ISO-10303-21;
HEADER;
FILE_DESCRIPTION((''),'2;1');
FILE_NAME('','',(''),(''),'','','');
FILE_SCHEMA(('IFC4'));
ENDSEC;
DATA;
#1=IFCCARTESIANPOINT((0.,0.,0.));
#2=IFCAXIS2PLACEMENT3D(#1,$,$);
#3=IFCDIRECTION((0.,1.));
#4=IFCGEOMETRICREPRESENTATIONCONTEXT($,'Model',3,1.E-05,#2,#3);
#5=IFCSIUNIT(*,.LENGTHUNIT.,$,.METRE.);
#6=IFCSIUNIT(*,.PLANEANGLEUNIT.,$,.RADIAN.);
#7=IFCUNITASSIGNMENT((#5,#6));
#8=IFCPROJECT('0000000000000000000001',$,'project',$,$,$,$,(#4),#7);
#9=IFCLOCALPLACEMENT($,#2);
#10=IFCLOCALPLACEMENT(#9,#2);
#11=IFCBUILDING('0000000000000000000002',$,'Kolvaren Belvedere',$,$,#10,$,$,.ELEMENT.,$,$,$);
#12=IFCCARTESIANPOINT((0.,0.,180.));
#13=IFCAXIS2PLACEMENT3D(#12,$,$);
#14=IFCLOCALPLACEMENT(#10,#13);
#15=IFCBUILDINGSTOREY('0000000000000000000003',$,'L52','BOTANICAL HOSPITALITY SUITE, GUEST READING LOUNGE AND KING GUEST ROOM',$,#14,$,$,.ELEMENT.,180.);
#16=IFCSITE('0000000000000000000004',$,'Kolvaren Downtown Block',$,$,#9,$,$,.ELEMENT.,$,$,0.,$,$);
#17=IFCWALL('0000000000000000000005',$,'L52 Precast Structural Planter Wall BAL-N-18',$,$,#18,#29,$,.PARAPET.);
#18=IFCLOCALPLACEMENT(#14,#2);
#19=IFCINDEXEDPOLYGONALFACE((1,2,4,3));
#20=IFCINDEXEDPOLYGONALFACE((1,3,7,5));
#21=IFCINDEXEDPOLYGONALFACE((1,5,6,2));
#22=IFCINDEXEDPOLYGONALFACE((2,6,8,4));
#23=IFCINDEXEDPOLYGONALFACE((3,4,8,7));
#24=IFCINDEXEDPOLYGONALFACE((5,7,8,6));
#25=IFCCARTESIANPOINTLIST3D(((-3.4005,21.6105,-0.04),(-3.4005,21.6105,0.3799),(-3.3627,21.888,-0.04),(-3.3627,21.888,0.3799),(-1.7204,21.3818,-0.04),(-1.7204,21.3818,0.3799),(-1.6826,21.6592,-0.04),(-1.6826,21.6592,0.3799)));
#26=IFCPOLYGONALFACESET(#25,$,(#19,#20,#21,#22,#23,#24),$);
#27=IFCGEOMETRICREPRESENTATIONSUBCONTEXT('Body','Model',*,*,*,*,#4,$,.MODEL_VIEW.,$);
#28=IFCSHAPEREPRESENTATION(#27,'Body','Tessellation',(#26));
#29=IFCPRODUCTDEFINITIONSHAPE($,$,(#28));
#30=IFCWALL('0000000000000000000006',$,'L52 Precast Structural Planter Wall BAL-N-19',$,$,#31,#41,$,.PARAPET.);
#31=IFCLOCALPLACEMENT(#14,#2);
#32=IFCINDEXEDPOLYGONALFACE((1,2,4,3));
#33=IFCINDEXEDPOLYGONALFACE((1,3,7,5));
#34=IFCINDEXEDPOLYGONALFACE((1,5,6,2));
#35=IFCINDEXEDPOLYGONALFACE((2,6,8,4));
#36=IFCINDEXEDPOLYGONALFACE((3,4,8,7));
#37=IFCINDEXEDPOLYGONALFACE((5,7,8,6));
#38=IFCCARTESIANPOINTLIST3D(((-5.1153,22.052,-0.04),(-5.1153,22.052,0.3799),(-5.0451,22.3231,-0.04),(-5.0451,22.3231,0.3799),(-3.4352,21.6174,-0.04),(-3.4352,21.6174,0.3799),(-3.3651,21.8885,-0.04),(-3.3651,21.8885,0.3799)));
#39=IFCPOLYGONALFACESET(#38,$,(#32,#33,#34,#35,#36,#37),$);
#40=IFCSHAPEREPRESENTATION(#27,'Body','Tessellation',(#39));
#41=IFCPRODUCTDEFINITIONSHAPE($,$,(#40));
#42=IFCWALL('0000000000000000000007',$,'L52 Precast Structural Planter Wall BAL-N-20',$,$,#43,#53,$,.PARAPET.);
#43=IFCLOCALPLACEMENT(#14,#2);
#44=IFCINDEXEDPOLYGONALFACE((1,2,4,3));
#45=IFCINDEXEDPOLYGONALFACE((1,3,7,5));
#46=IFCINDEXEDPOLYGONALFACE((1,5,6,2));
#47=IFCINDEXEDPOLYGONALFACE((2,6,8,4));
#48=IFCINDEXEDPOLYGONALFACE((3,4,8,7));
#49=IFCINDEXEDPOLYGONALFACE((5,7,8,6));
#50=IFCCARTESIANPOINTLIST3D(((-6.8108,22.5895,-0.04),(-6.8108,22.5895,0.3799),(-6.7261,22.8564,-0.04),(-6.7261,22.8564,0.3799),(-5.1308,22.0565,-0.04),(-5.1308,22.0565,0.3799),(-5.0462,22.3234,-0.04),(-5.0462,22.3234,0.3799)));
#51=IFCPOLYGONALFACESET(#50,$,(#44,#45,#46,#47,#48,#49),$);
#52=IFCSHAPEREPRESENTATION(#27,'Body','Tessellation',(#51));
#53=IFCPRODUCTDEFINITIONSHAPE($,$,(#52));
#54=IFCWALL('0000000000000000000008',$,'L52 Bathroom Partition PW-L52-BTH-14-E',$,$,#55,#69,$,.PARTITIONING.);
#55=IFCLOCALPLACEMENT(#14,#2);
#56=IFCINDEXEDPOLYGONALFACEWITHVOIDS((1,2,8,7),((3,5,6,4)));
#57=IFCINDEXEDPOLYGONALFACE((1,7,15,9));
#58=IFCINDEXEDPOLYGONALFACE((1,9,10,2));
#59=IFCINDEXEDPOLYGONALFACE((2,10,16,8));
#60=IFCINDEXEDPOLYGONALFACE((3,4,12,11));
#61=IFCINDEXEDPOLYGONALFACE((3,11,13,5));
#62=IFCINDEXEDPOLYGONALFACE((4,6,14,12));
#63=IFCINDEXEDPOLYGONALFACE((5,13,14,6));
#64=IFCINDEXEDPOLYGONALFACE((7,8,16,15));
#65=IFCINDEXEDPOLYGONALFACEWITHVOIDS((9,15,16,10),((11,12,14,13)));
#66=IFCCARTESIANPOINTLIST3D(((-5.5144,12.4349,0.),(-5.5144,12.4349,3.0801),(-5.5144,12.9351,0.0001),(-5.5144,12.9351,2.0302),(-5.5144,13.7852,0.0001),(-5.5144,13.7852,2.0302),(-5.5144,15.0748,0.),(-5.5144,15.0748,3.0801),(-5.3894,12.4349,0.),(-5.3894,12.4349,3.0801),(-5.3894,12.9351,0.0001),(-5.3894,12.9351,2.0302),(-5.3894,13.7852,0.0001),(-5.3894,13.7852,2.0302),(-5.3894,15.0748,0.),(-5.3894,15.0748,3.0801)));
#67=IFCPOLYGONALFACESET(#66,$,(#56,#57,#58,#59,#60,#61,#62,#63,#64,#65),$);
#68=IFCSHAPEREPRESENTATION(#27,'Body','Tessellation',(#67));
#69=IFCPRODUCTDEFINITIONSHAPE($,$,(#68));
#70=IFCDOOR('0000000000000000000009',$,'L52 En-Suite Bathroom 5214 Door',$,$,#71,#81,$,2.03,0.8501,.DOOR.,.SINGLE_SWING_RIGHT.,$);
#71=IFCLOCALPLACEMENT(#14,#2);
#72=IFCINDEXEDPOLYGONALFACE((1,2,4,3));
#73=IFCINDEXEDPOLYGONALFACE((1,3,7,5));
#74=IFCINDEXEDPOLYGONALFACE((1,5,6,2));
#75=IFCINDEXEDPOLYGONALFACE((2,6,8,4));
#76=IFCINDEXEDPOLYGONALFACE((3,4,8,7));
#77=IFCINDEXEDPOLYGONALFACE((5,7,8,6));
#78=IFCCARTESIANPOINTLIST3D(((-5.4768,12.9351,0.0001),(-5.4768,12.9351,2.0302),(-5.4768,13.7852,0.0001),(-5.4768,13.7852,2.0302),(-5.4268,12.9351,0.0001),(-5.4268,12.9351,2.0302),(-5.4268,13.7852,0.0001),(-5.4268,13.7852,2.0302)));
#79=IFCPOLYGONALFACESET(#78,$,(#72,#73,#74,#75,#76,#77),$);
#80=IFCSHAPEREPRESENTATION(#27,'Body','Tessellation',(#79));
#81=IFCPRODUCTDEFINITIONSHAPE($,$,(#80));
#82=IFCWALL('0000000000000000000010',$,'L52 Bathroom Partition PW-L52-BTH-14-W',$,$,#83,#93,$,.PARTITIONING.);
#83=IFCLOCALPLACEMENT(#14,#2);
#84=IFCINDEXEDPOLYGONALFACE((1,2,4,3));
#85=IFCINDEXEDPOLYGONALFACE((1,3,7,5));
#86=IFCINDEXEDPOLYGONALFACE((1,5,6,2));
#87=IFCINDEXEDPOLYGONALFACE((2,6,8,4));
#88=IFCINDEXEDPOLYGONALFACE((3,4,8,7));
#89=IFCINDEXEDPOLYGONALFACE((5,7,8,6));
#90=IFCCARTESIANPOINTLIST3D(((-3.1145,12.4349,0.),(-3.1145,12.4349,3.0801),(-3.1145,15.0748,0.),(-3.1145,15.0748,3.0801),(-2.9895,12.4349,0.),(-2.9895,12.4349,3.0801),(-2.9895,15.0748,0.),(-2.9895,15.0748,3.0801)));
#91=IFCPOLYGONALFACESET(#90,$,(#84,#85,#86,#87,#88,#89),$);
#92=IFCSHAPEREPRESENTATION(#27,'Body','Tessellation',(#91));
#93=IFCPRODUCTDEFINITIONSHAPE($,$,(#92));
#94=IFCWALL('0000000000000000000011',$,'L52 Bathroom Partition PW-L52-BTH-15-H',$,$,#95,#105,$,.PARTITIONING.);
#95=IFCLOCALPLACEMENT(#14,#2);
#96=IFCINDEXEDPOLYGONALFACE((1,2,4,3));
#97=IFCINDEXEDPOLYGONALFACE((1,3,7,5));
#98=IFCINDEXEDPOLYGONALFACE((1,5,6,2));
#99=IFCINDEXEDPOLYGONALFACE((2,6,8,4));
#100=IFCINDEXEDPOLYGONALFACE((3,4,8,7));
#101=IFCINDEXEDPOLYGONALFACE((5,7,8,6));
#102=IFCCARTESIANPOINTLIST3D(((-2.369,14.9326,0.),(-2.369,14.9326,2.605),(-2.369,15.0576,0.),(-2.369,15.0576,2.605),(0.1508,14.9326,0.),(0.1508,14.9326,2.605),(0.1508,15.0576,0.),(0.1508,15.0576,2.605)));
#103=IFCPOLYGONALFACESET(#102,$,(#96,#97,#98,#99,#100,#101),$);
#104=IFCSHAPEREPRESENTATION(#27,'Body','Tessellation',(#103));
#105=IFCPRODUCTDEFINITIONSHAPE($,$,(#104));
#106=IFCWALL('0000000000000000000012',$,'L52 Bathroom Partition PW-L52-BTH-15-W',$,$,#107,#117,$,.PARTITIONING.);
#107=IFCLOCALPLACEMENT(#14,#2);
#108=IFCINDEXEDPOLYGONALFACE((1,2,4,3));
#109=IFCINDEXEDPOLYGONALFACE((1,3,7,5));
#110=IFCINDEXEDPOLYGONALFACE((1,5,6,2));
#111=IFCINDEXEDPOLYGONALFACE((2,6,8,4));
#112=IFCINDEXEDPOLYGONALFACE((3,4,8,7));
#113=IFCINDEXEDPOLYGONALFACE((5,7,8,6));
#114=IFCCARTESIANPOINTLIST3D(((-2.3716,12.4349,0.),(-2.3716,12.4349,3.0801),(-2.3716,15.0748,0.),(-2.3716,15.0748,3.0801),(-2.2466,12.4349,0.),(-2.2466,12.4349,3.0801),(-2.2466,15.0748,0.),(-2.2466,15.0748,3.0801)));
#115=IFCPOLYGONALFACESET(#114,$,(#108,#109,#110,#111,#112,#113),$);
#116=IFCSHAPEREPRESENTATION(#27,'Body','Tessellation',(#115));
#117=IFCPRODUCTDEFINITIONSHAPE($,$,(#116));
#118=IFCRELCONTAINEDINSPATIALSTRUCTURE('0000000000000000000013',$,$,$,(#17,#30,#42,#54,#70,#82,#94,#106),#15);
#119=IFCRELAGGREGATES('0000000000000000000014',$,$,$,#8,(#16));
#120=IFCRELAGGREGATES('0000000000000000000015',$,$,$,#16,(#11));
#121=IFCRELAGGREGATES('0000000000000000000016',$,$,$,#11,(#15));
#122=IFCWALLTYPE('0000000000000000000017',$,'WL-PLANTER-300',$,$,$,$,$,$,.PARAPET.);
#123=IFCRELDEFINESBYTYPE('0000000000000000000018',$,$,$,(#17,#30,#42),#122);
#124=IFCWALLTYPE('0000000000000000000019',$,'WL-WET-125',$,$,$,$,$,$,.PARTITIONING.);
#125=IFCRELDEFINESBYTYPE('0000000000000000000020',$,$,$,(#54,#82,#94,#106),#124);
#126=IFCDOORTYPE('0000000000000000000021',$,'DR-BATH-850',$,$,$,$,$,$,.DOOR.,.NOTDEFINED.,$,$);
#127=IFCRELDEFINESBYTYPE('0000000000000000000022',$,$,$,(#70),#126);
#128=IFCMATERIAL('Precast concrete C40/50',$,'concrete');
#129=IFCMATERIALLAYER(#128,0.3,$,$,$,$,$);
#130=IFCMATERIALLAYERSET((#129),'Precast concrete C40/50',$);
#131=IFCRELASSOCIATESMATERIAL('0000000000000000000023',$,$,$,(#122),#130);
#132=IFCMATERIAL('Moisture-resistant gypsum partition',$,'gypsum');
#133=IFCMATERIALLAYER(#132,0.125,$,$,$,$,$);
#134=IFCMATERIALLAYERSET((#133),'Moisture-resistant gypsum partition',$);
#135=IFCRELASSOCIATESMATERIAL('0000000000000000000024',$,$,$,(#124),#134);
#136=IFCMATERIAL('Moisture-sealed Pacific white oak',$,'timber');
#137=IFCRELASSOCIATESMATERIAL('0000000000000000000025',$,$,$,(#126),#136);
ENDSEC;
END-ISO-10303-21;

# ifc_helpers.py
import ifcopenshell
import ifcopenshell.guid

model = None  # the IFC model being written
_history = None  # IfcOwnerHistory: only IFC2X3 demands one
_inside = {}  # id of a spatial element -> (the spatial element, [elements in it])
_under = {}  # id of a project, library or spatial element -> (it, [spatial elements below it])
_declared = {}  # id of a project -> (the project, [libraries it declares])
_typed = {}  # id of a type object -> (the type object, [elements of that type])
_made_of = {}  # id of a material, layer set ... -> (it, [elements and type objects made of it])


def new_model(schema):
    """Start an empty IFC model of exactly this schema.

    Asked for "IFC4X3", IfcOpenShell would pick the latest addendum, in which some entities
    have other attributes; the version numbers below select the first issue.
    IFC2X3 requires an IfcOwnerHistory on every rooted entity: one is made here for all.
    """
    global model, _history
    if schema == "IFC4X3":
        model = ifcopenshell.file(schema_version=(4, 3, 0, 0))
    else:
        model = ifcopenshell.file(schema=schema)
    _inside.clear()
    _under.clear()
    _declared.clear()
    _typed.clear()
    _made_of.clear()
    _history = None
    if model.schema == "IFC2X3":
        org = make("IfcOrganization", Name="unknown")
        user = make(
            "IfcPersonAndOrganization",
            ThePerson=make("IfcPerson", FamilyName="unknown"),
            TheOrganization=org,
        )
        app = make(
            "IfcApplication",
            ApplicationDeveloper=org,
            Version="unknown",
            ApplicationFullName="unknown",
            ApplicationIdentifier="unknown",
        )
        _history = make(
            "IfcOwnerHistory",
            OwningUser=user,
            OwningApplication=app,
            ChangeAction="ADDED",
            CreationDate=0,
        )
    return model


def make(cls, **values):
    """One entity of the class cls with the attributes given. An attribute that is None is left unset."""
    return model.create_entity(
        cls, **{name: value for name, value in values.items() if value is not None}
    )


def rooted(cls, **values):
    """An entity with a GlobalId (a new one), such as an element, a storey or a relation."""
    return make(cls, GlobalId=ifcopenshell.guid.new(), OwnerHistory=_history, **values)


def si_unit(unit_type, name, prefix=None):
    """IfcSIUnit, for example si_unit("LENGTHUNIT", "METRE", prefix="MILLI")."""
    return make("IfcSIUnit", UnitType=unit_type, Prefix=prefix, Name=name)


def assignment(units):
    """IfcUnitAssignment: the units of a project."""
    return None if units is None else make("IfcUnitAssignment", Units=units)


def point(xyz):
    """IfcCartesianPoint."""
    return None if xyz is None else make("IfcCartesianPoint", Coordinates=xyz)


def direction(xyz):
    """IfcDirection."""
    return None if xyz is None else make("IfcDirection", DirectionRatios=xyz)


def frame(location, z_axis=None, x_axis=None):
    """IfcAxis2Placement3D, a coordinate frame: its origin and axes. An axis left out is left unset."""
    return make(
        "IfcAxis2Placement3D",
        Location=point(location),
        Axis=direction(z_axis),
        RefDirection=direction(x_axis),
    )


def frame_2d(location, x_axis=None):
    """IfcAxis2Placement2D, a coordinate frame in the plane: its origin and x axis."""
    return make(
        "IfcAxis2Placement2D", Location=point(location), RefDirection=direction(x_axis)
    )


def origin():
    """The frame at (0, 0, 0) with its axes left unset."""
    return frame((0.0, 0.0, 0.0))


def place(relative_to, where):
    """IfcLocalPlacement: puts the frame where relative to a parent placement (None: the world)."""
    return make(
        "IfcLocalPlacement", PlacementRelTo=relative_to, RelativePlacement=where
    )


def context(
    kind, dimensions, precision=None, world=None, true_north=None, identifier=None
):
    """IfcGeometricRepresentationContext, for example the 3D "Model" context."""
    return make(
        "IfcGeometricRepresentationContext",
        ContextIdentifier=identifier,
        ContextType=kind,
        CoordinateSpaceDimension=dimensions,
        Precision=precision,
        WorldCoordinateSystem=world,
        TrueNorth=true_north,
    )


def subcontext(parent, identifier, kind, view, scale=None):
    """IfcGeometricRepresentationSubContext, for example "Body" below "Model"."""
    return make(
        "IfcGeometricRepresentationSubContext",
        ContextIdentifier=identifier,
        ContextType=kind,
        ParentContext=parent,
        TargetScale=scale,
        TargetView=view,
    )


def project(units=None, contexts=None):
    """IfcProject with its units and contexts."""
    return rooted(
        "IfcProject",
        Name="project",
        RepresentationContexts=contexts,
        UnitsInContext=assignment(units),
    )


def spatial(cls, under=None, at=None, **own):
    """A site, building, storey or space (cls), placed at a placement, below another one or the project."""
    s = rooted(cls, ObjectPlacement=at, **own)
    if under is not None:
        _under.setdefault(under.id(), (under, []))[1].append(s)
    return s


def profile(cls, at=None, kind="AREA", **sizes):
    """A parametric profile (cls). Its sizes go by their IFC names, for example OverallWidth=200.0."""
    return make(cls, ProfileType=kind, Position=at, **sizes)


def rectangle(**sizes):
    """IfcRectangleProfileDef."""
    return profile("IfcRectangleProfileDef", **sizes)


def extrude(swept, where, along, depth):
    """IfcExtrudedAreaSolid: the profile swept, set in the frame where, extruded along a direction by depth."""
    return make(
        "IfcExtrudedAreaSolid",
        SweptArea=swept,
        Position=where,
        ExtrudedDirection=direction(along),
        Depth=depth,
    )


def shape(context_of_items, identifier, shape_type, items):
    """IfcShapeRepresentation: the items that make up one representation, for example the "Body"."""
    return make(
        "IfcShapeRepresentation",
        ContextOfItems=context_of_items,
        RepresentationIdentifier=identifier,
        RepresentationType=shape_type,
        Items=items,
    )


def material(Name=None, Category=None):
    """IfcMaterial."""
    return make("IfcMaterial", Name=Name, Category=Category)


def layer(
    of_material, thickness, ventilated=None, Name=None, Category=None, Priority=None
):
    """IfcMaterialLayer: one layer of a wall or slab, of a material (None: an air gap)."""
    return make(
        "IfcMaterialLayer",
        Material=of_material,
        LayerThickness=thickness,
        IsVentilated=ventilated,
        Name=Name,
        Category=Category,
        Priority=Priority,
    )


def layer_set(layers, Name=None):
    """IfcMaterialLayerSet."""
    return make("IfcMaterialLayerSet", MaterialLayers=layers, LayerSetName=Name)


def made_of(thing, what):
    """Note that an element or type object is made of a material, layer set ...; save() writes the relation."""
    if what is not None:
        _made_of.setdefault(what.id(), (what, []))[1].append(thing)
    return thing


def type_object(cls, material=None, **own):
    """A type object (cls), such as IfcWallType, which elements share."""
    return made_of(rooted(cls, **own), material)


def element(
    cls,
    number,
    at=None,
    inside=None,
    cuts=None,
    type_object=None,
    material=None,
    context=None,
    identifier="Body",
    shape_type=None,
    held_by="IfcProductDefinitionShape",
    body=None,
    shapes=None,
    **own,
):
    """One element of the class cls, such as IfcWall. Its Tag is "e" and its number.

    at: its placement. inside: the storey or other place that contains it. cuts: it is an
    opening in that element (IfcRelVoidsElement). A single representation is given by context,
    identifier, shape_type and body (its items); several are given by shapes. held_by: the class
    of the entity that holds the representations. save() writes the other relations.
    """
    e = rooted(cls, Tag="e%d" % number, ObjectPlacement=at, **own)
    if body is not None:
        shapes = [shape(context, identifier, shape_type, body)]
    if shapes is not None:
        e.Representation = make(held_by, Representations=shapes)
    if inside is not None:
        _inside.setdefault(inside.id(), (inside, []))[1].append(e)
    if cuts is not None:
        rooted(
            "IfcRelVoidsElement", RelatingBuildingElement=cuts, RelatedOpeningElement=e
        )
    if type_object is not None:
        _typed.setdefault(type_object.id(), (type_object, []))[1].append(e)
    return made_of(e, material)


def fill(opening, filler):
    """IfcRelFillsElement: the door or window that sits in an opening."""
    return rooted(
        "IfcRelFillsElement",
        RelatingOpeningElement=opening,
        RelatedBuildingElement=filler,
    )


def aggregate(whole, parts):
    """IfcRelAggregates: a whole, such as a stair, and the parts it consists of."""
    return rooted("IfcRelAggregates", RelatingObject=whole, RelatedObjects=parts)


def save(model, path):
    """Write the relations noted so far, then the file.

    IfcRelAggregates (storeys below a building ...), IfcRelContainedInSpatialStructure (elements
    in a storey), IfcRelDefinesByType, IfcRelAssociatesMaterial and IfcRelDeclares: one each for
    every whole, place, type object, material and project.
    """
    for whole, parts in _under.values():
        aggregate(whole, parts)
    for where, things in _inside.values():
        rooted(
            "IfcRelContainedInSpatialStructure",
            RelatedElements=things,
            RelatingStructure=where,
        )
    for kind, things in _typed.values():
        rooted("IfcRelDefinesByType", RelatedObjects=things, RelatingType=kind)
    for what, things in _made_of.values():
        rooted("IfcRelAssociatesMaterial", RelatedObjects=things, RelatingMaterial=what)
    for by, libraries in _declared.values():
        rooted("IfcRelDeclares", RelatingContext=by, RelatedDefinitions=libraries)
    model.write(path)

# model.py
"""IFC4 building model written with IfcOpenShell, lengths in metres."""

from ifc_helpers import new_model, si_unit, direction, frame, frame_2d, origin, place, context, subcontext, project, spatial, rectangle, extrude, material, layer, layer_set, type_object, element, fill, save


model = new_model("IFC4")

# Units and contexts
model_context = context("Model", 3, precision=1e-05, world=origin(), true_north=direction((0.0, 1.0)))
body_context = subcontext(model_context, "Body", "Model", "MODEL_VIEW")
ifc_project = project(units=[si_unit("LENGTHUNIT", "METRE"), si_unit("PLANEANGLEUNIT", "RADIAN")], contexts=[model_context])

# Site, building, storey
site_placement = place(None, origin())
site = spatial("IfcSite", under=ifc_project, at=site_placement, Name="Kolvaren Downtown Block", CompositionType="ELEMENT", RefElevation=0.0)
building_placement = place(site_placement, origin())
building = spatial("IfcBuilding", under=site, at=building_placement, Name="Kolvaren Belvedere", CompositionType="ELEMENT")
storey_placement = place(building_placement, frame((0.0, 0.0, 180.0)))
storey = spatial("IfcBuildingStorey", under=building, at=storey_placement, Name="L52", Description="BOTANICAL HOSPITALITY SUITE, GUEST READING LOUNGE AND KING GUEST ROOM", CompositionType="ELEMENT", Elevation=180.0)

# Walls
ifc_material_1 = material(Name="Precast concrete C40/50", Category="concrete")
ifc_layer_1 = layer(ifc_material_1, 0.3)
ifc_layer_set_1 = layer_set([ifc_layer_1], Name="Precast concrete C40/50")
wall_type_1 = type_object("IfcWallType", Name="WL-PLANTER-300", PredefinedType="PARAPET", material=ifc_layer_set_1)
wall_1_placement = place(storey_placement, frame((-1.7017, 21.5205, -0.04), z_axis=(0.0, 0.0, 1.0), x_axis=(-0.990856, 0.134927, 0.0)))
element("IfcWall", 1, at=wall_1_placement, inside=storey, type_object=wall_type_1, Name="L52 Precast Structural Planter Wall BAL-N-18", PredefinedType="PARAPET", context=body_context, shape_type="SweptSolid", body=[
    extrude(rectangle(XDim=1.6956, YDim=0.28, at=frame_2d((0.8477, 0.0))), origin(), (0.0, 0.0, 1.0), 0.4199),
])
wall_2_placement = place(storey_placement, frame((-3.4001, 21.7529, -0.04), z_axis=(0.0, 0.0, 1.0), x_axis=(-0.968132, 0.25044, 0.0)))
element("IfcWall", 2, at=wall_2_placement, inside=storey, type_object=wall_type_1, Name="L52 Precast Structural Planter Wall BAL-N-19", PredefinedType="PARAPET", context=body_context, shape_type="SweptSolid", body=[
    extrude(rectangle(XDim=1.7354, YDim=0.28, at=frame_2d((0.8677, 0.0))), origin(), (0.0, 0.0, 1.0), 0.4199),
])
wall_3_placement = place(storey_placement, frame((-5.0884, 22.1899, -0.04), z_axis=(0.0, 0.0, 1.0), x_axis=(-0.953182, 0.302397, 0.0)))
element("IfcWall", 3, at=wall_3_placement, inside=storey, type_object=wall_type_1, Name="L52 Precast Structural Planter Wall BAL-N-20", PredefinedType="PARAPET", context=body_context, shape_type="SweptSolid", body=[
    extrude(rectangle(XDim=1.7625, YDim=0.28, at=frame_2d((0.8813, 0.0))), origin(), (0.0, 0.0, 1.0), 0.4199),
])

# Wall, opening, door
ifc_material_2 = material(Name="Moisture-resistant gypsum partition", Category="gypsum")
ifc_layer_2 = layer(ifc_material_2, 0.125)
ifc_layer_set_2 = layer_set([ifc_layer_2], Name="Moisture-resistant gypsum partition")
wall_type_2 = type_object("IfcWallType", Name="WL-WET-125", PredefinedType="PARTITIONING", material=ifc_layer_set_2)
wall_4_placement = place(storey_placement, frame((-5.4519, 12.4351, 0.0), z_axis=(0.0, 0.0, 1.0), x_axis=(0.0, 1.0, 0.0)))
wall_4 = element("IfcWall", 4, at=wall_4_placement, inside=storey, type_object=wall_type_2, Name="L52 Bathroom Partition PW-L52-BTH-14-E", PredefinedType="PARTITIONING", context=body_context, shape_type="SweptSolid", body=[
    extrude(rectangle(XDim=2.6399, YDim=0.125, at=frame_2d((1.3198, 0.0))), origin(), (0.0, 0.0, 1.0), 3.0801),
])
opening_1_placement = place(wall_4_placement, frame((0.5, 0.0, 0.0)))
opening_1 = element("IfcOpeningElement", 5, at=opening_1_placement, cuts=wall_4, PredefinedType="OPENING", context=body_context, shape_type="SweptSolid", body=[
    extrude(rectangle(XDim=0.8501, YDim=2.03, at=frame_2d((0.425, 1.0151))), frame((0.0, 0.0725, 0.0), z_axis=(0.0, -1.0, 0.0), x_axis=(1.0, 0.0, 0.0)), (0.0, 0.0, 1.0), 0.145),
])
ifc_material_3 = material(Name="Moisture-sealed Pacific white oak", Category="timber")
door_type_1 = type_object("IfcDoorType", Name="DR-BATH-850", OperationType="NOTDEFINED", PredefinedType="DOOR", material=ifc_material_3)
door_1_placement = place(opening_1_placement, origin())
door_1 = element("IfcDoor", 6, at=door_1_placement, inside=storey, type_object=door_type_1, Name="L52 En-Suite Bathroom 5214 Door", OperationType="SINGLE_SWING_RIGHT", OverallHeight=2.03, OverallWidth=0.8501, PredefinedType="DOOR", context=body_context, shape_type="SweptSolid", body=[
    extrude(rectangle(XDim=0.8501, YDim=2.03, at=frame_2d((0.425, 1.0151))), frame((0.0, 0.0249, 0.0), z_axis=(0.0, -1.0, 0.0), x_axis=(1.0, 0.0, 0.0)), (0.0, 0.0, 1.0), 0.05),
])
fill(opening_1, door_1)

# Walls
wall_5_placement = place(storey_placement, frame((-3.052, 12.4351, 0.0), z_axis=(0.0, 0.0, 1.0), x_axis=(0.0, 1.0, 0.0)))
element("IfcWall", 7, at=wall_5_placement, inside=storey, type_object=wall_type_2, Name="L52 Bathroom Partition PW-L52-BTH-14-W", PredefinedType="PARTITIONING", context=body_context, shape_type="SweptSolid", body=[
    extrude(rectangle(XDim=2.6399, YDim=0.125, at=frame_2d((1.3198, 0.0))), origin(), (0.0, 0.0, 1.0), 3.0801),
])
wall_6_placement = place(storey_placement, frame((-2.3689, 14.9951, 0.0), z_axis=(0.0, 0.0, 1.0), x_axis=(1.0, 0.0, 0.0)))
element("IfcWall", 8, at=wall_6_placement, inside=storey, type_object=wall_type_2, Name="L52 Bathroom Partition PW-L52-BTH-15-H", PredefinedType="PARTITIONING", context=body_context, shape_type="SweptSolid", body=[
    extrude(rectangle(XDim=2.5198, YDim=0.125, at=frame_2d((1.2598, 0.0))), origin(), (0.0, 0.0, 1.0), 2.605),
])
wall_7_placement = place(storey_placement, frame((-2.3091, 12.4351, 0.0), z_axis=(0.0, 0.0, 1.0), x_axis=(0.0, 1.0, 0.0)))
element("IfcWall", 9, at=wall_7_placement, inside=storey, type_object=wall_type_2, Name="L52 Bathroom Partition PW-L52-BTH-15-W", PredefinedType="PARTITIONING", context=body_context, shape_type="SweptSolid", body=[
    extrude(rectangle(XDim=2.6399, YDim=0.125, at=frame_2d((1.3198, 0.0))), origin(), (0.0, 0.0, 1.0), 3.0801),
])

save(model, "model.ifc")
